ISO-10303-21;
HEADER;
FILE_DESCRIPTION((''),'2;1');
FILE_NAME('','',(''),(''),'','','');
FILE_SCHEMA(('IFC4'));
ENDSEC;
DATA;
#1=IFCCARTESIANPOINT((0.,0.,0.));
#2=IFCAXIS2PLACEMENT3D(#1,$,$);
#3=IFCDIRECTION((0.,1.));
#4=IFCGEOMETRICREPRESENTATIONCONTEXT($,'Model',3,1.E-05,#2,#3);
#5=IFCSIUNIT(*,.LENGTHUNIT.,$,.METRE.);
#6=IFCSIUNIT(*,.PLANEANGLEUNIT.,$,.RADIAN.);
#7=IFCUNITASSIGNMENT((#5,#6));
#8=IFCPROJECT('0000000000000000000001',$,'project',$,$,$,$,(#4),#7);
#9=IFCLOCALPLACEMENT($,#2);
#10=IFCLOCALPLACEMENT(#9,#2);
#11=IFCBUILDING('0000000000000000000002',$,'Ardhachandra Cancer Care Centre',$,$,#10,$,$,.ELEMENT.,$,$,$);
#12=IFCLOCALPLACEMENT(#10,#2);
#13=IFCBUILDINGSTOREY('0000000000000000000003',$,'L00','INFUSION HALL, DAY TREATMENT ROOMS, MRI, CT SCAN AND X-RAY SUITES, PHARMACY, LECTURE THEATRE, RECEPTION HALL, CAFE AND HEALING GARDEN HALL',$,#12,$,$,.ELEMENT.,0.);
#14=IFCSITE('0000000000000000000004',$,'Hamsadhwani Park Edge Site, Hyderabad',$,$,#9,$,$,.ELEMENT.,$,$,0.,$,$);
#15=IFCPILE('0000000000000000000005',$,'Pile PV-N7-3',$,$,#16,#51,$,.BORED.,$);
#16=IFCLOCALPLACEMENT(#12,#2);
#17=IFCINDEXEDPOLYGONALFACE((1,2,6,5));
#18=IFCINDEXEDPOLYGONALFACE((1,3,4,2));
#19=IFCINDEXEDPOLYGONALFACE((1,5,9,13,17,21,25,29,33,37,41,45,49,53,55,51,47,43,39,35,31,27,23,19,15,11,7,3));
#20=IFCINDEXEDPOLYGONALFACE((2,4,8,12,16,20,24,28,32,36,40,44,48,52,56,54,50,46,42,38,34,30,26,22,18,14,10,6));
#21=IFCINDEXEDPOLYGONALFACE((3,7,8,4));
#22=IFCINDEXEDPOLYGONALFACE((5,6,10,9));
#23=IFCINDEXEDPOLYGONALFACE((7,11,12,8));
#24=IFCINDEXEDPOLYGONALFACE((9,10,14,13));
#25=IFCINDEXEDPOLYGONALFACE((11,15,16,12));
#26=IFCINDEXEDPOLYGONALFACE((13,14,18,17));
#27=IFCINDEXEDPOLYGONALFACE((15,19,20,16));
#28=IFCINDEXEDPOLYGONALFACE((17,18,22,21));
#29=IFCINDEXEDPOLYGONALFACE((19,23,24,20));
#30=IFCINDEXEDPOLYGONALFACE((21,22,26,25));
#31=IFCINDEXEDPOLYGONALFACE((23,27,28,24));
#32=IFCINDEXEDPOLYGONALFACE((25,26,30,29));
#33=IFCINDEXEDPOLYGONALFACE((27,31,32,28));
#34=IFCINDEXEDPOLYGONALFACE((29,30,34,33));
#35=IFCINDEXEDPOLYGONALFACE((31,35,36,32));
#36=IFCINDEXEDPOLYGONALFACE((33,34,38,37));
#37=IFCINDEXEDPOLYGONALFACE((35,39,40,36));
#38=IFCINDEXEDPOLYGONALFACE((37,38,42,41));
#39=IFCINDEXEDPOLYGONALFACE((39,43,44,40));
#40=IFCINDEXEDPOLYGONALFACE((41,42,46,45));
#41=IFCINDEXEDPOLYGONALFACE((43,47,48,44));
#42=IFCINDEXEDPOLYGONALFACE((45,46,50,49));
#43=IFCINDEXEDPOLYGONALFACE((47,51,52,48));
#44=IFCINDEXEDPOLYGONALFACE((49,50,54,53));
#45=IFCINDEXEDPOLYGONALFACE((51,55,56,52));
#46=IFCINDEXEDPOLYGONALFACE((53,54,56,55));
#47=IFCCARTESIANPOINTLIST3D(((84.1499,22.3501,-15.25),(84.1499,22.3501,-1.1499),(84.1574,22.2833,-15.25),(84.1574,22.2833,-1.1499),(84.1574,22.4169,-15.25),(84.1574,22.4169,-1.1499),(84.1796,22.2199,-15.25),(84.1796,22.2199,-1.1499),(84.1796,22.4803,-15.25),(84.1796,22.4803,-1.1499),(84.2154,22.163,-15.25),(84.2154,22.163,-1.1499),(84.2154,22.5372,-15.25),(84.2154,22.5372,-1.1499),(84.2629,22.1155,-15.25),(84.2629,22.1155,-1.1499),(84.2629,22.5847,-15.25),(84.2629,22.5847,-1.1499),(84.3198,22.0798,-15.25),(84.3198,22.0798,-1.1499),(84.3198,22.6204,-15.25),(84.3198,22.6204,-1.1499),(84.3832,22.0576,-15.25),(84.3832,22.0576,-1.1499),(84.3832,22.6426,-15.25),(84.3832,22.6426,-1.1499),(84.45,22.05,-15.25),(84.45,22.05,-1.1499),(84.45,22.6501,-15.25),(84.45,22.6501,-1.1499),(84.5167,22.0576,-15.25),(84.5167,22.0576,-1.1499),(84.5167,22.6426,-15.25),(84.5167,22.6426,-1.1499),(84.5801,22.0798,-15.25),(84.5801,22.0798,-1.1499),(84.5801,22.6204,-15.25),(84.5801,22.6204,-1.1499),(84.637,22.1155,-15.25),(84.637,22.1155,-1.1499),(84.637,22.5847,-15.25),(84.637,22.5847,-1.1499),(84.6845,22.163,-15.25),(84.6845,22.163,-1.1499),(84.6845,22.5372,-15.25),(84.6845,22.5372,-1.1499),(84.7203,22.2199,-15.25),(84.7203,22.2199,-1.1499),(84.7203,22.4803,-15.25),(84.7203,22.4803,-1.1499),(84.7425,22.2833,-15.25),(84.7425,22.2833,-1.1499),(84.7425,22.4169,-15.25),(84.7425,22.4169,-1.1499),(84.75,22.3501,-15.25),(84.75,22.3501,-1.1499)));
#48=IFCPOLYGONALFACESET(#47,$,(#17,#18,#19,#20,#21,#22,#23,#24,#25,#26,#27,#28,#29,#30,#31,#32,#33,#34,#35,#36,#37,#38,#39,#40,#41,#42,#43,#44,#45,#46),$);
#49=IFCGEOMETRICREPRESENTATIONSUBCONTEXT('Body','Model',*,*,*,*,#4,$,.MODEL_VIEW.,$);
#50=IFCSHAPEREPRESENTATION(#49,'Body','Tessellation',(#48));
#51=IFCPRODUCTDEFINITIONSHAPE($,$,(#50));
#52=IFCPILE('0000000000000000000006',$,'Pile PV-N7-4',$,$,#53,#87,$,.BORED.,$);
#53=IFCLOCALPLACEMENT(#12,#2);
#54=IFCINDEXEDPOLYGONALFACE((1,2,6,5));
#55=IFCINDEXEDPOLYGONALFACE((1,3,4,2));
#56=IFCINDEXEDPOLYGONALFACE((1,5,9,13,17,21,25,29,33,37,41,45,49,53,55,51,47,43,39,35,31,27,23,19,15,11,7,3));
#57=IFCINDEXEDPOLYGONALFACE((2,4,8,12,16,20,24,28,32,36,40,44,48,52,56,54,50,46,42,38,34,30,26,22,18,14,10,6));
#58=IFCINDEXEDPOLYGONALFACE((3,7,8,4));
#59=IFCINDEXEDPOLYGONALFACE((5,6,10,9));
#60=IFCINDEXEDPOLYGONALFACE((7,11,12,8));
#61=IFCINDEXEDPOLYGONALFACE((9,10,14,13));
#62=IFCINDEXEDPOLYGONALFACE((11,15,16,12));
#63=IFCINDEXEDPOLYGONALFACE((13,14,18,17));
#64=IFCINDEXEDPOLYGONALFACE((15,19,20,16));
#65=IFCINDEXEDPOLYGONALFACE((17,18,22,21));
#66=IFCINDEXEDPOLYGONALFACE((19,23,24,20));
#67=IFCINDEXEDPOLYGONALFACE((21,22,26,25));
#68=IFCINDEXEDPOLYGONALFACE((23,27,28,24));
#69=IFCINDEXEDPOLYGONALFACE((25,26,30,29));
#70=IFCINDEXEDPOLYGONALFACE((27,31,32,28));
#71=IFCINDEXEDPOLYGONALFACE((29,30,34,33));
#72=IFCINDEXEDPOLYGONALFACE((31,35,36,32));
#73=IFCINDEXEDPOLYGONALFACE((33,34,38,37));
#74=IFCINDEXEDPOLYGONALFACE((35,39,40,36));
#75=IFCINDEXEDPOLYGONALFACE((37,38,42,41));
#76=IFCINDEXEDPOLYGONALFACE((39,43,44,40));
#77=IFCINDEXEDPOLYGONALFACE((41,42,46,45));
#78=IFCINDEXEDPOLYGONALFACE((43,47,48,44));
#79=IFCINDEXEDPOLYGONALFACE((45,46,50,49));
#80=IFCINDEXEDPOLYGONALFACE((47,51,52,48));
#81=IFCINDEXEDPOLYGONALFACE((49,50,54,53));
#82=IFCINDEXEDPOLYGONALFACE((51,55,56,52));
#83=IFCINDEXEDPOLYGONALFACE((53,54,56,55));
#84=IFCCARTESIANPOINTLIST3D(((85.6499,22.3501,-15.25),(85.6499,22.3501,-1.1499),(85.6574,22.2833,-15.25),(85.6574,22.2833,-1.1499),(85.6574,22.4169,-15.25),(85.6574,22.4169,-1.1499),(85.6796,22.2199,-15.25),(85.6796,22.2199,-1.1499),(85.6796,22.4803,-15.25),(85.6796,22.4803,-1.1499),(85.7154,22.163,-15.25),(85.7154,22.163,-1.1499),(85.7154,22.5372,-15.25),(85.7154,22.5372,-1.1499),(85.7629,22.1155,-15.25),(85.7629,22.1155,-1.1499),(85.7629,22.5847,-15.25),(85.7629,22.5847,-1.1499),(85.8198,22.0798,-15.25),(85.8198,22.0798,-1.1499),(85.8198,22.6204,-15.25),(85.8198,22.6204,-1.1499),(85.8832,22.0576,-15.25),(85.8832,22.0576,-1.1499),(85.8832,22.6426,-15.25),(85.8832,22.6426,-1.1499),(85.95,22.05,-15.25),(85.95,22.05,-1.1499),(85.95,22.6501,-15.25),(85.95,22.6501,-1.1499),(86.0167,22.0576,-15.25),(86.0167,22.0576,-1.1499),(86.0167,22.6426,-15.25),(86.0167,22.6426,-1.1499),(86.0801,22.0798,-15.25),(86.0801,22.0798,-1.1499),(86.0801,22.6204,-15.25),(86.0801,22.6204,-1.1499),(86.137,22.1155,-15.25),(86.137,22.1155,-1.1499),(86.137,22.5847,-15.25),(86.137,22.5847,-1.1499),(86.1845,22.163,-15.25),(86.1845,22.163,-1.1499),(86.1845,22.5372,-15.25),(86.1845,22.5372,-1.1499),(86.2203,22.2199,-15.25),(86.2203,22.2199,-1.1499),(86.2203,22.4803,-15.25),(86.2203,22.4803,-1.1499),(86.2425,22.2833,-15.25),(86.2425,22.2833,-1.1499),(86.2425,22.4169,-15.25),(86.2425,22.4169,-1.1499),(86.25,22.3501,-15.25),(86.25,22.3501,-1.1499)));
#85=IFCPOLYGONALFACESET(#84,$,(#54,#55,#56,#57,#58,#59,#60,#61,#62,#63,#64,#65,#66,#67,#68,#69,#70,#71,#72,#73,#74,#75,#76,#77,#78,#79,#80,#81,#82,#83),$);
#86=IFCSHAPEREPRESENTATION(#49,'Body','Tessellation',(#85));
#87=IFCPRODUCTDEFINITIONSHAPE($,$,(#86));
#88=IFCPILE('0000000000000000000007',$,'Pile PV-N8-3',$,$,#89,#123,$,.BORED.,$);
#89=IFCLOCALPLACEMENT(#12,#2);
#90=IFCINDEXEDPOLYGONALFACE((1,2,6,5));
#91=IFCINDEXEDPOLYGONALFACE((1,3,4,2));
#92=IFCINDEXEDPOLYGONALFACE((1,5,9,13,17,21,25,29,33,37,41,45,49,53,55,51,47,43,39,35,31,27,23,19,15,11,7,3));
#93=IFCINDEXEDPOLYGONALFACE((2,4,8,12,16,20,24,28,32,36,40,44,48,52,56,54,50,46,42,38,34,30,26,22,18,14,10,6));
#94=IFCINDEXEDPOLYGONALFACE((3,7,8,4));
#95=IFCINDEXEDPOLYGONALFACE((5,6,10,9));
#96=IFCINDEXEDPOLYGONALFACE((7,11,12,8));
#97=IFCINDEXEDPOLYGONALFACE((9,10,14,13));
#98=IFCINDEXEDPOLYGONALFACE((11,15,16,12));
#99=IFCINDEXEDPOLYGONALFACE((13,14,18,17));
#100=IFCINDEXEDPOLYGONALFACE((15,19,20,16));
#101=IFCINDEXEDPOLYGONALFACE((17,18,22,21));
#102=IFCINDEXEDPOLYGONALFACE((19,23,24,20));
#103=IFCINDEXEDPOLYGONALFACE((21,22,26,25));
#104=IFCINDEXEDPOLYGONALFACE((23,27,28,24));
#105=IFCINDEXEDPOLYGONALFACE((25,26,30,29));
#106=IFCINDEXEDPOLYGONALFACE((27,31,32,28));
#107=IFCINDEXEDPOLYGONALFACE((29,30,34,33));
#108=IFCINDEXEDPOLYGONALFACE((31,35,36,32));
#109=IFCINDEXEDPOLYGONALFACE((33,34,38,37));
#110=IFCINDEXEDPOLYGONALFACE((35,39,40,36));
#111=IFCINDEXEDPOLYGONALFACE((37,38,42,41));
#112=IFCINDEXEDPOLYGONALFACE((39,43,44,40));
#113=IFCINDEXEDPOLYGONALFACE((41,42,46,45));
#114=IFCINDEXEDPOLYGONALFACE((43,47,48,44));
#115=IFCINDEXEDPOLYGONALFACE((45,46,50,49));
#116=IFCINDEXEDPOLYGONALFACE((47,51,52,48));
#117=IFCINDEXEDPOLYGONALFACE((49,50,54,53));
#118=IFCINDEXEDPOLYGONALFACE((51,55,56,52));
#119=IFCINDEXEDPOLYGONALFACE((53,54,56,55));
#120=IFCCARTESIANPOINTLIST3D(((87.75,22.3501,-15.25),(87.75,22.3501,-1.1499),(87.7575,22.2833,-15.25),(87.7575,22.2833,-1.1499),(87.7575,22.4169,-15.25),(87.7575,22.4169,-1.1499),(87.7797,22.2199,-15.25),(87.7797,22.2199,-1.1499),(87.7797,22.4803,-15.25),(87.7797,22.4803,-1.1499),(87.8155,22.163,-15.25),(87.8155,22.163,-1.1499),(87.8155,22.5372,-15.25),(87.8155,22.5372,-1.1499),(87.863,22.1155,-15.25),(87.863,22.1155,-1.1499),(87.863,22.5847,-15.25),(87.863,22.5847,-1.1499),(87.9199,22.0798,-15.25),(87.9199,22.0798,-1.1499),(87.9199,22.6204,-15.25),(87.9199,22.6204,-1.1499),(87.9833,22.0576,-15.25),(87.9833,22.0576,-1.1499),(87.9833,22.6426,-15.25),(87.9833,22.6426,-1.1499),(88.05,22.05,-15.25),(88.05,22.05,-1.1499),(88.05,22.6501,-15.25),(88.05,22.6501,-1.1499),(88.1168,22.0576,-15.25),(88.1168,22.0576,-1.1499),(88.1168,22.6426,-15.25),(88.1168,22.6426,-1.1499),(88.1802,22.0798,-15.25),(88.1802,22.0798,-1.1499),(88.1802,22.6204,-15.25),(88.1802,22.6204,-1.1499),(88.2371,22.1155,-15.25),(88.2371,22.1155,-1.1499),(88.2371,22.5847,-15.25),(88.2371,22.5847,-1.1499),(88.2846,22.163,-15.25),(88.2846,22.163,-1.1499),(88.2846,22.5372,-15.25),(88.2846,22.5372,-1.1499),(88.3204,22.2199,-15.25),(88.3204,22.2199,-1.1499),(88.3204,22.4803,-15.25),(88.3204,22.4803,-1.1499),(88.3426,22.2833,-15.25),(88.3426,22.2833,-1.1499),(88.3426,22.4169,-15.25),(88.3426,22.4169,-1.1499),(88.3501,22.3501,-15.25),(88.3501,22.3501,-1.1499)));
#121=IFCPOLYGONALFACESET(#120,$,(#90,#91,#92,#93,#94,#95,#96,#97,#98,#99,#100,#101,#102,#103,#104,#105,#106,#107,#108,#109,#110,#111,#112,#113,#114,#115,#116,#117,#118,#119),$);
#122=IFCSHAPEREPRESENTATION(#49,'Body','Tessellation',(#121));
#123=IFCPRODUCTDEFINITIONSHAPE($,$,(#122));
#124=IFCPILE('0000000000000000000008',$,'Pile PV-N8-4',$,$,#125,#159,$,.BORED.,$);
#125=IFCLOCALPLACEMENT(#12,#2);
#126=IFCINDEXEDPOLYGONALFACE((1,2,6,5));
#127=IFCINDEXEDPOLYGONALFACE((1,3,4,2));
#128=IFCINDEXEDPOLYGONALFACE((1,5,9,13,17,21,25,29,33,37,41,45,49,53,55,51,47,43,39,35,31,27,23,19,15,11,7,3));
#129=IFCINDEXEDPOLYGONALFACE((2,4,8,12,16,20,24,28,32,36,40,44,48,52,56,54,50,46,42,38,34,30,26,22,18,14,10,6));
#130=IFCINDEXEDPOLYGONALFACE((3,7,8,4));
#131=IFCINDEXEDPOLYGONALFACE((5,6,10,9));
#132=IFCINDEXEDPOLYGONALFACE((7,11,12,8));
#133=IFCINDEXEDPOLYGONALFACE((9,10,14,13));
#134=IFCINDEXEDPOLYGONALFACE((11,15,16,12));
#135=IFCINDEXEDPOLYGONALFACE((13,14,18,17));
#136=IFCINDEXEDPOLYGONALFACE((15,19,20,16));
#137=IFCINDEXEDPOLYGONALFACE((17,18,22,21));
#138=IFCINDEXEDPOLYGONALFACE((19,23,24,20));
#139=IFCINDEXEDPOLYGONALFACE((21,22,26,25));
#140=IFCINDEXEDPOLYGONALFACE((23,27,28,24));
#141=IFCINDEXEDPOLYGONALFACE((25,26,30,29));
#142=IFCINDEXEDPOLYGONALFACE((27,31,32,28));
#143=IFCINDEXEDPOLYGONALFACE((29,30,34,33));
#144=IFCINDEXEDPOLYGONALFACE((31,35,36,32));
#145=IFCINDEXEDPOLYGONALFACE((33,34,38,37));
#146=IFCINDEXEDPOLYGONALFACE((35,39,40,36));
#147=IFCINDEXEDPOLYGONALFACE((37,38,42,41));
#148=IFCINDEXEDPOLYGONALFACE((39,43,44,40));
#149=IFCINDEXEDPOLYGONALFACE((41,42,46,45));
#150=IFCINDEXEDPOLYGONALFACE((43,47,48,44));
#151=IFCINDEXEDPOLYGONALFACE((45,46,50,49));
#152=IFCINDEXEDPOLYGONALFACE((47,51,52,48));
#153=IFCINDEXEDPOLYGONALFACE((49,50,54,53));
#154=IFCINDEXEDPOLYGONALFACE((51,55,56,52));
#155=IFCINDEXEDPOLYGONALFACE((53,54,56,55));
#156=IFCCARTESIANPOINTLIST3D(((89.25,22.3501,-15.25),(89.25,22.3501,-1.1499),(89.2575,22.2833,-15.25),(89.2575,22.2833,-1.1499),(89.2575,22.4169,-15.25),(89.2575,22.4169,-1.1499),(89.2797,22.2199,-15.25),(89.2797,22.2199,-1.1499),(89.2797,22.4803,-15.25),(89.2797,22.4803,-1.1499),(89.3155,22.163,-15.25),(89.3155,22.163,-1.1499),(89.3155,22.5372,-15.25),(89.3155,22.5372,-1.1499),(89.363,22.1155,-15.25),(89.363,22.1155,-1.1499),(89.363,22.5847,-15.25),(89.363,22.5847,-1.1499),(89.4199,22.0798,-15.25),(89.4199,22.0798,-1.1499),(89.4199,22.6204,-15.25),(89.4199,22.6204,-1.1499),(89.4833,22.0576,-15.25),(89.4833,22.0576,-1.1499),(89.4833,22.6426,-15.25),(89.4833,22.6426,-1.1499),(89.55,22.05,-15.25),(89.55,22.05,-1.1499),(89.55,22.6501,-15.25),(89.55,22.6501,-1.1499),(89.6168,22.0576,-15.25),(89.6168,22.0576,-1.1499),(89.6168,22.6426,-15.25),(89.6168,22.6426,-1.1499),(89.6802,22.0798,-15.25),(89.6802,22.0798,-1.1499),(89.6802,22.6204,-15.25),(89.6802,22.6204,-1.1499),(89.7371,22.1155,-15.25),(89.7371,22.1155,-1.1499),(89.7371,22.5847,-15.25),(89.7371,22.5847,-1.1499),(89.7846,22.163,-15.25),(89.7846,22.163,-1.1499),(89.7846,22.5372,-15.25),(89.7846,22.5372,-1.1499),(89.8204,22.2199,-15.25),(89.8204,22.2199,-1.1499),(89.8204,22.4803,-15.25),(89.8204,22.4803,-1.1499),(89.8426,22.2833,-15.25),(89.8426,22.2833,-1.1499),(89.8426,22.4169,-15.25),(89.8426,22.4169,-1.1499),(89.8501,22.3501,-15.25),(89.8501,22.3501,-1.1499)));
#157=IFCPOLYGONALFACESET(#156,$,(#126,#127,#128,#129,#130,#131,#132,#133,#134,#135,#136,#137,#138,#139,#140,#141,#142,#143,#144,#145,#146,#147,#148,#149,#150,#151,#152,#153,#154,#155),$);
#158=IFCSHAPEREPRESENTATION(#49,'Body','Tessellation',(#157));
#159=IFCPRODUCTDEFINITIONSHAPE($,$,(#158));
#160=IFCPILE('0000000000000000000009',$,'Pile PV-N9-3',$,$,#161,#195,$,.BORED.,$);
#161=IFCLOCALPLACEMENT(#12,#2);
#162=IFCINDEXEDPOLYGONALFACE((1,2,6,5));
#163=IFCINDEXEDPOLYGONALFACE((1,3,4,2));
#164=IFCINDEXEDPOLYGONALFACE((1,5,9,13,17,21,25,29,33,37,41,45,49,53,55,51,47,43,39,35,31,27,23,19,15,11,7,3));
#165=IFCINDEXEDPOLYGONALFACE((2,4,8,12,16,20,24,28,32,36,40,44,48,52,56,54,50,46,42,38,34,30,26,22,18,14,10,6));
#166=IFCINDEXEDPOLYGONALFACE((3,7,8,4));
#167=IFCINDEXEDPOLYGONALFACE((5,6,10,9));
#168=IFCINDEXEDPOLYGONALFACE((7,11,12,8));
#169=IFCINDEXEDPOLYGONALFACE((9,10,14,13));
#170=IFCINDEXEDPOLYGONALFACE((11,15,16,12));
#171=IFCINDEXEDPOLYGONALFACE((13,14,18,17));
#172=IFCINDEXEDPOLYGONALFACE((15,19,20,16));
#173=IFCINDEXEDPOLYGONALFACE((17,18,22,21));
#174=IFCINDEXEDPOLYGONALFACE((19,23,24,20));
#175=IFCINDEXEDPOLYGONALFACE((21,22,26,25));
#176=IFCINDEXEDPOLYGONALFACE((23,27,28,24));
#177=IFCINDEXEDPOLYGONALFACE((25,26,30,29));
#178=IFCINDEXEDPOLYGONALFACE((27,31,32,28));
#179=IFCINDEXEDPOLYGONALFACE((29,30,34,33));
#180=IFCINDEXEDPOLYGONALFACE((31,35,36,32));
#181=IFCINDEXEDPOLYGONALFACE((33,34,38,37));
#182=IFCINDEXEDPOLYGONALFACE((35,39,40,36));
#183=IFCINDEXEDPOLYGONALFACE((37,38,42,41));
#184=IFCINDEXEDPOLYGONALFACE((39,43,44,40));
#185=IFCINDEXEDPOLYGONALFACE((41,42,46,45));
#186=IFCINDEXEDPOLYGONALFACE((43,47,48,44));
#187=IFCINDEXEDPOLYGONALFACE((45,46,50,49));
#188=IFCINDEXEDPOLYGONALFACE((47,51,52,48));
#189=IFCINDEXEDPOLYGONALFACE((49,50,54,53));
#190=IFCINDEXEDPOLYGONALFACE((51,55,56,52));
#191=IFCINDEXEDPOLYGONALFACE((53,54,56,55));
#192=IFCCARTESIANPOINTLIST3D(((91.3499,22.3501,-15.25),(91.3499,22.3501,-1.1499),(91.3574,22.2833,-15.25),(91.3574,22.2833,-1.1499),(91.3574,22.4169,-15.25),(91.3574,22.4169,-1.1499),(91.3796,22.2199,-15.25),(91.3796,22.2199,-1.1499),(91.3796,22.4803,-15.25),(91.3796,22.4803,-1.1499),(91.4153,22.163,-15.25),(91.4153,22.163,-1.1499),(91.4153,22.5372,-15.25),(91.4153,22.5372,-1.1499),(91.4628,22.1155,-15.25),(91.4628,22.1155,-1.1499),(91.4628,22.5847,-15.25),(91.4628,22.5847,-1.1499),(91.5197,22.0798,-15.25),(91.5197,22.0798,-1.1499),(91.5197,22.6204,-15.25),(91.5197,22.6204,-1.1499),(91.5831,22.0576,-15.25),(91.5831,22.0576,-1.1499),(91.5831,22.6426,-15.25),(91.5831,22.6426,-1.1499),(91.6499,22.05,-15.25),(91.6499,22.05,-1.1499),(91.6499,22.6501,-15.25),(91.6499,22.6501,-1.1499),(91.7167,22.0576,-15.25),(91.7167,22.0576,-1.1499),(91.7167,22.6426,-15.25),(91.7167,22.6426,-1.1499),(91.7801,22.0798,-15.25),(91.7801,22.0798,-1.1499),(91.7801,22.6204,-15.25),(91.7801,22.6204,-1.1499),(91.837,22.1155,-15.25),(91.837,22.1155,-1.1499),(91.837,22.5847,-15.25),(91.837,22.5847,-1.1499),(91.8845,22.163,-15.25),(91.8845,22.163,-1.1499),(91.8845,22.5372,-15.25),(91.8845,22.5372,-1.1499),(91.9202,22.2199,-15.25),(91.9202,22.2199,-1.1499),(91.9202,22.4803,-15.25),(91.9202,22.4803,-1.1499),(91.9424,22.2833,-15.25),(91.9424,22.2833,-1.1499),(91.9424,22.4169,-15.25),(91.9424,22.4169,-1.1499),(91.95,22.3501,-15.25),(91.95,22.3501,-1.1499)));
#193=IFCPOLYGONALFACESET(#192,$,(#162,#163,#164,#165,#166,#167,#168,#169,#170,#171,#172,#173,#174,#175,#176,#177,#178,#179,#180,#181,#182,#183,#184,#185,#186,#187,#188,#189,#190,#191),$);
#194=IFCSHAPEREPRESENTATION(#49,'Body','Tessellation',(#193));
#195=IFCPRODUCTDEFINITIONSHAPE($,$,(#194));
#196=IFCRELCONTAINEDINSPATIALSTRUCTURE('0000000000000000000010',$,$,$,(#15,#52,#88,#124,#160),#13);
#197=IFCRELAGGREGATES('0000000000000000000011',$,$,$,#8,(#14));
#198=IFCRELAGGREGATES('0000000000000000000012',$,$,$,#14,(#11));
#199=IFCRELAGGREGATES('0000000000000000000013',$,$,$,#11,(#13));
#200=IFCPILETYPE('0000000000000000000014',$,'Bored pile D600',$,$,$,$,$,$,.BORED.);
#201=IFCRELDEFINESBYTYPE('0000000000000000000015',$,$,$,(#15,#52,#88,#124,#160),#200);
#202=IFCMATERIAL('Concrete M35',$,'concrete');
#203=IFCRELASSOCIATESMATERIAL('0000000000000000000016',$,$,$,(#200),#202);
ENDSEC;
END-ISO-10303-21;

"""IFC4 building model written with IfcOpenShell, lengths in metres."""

from ifc_helpers import new_model, si_unit, direction, frame, origin, origin_2d, place, context, subcontext, project, spatial, circle, extrude, material, material_profile, profile_set, type_object, element, save


model = new_model("IFC4")

# Units and contexts
model_context = context("Model", 3, precision=1e-05, world=origin(), true_north=direction((0.0, 1.0)))
body_context = subcontext(model_context, "Body", "Model", "MODEL_VIEW")
ifc_project = project(units=[si_unit("LENGTHUNIT", "METRE"), si_unit("PLANEANGLEUNIT", "RADIAN")], contexts=[model_context])

# Site, building, storey
site_placement = place(None, origin())
site = spatial("IfcSite", under=ifc_project, at=site_placement, Name="Hamsadhwani Park Edge Site, Hyderabad", CompositionType="ELEMENT", RefElevation=0.0)
building_placement = place(site_placement, origin())
building = spatial("IfcBuilding", under=site, at=building_placement, Name="Ardhachandra Cancer Care Centre", CompositionType="ELEMENT")
storey_placement = place(building_placement, origin())
storey = spatial("IfcBuildingStorey", under=building, at=storey_placement, Name="L00", Description="INFUSION HALL, DAY TREATMENT ROOMS, MRI, CT SCAN AND X-RAY SUITES, PHARMACY, LECTURE THEATRE, RECEPTION HALL, CAFE AND HEALING GARDEN HALL", CompositionType="ELEMENT", Elevation=0.0)

# Piles
ifc_material_1 = material(Name="Concrete M35", Category="concrete")
ifc_material_profile_1 = material_profile(ifc_material_1, circle(Radius=0.3, at=origin_2d()), Name="D600")
ifc_profile_set_1 = profile_set([ifc_material_profile_1], Name="Concrete M35")
pile_type = type_object("IfcPileType", Name="Bored pile D600", PredefinedType="BORED", material=ifc_profile_set_1)
for number, where, z_axis, x_axis, name in (
    (1, (84.45, 22.3501, -1.1499), (0.0, 0.0, -1.0), (1.0, 0.0, 0.0), "Pile PV-N7-3"),
    (2, (85.95, 22.3501, -1.1499), (0.0, 0.0, -1.0), (1.0, 0.0, 0.0), "Pile PV-N7-4"),
    (3, (88.05, 22.3501, -1.1499), (0.0, 0.0, -1.0), (1.0, 0.0, 0.0), "Pile PV-N8-3"),
    (4, (89.55, 22.3501, -1.1499), (0.0, 0.0, -1.0), (1.0, 0.0, 0.0), "Pile PV-N8-4"),
    (5, (91.6499, 22.3501, -1.1499), (0.0, 0.0, -1.0), (1.0, 0.0, 0.0), "Pile PV-N9-3"),
):
    element("IfcPile", number, at=place(storey_placement, frame(where, z_axis=z_axis, x_axis=x_axis)), inside=storey, type_object=pile_type, Name=name, PredefinedType="BORED", context=body_context, shape_type="SweptSolid", body=[
        extrude(circle(Radius=0.3, at=origin_2d()), origin(), (0.0, 0.0, 1.0), 14.1001),
    ])

save(model, "model.ifc")
